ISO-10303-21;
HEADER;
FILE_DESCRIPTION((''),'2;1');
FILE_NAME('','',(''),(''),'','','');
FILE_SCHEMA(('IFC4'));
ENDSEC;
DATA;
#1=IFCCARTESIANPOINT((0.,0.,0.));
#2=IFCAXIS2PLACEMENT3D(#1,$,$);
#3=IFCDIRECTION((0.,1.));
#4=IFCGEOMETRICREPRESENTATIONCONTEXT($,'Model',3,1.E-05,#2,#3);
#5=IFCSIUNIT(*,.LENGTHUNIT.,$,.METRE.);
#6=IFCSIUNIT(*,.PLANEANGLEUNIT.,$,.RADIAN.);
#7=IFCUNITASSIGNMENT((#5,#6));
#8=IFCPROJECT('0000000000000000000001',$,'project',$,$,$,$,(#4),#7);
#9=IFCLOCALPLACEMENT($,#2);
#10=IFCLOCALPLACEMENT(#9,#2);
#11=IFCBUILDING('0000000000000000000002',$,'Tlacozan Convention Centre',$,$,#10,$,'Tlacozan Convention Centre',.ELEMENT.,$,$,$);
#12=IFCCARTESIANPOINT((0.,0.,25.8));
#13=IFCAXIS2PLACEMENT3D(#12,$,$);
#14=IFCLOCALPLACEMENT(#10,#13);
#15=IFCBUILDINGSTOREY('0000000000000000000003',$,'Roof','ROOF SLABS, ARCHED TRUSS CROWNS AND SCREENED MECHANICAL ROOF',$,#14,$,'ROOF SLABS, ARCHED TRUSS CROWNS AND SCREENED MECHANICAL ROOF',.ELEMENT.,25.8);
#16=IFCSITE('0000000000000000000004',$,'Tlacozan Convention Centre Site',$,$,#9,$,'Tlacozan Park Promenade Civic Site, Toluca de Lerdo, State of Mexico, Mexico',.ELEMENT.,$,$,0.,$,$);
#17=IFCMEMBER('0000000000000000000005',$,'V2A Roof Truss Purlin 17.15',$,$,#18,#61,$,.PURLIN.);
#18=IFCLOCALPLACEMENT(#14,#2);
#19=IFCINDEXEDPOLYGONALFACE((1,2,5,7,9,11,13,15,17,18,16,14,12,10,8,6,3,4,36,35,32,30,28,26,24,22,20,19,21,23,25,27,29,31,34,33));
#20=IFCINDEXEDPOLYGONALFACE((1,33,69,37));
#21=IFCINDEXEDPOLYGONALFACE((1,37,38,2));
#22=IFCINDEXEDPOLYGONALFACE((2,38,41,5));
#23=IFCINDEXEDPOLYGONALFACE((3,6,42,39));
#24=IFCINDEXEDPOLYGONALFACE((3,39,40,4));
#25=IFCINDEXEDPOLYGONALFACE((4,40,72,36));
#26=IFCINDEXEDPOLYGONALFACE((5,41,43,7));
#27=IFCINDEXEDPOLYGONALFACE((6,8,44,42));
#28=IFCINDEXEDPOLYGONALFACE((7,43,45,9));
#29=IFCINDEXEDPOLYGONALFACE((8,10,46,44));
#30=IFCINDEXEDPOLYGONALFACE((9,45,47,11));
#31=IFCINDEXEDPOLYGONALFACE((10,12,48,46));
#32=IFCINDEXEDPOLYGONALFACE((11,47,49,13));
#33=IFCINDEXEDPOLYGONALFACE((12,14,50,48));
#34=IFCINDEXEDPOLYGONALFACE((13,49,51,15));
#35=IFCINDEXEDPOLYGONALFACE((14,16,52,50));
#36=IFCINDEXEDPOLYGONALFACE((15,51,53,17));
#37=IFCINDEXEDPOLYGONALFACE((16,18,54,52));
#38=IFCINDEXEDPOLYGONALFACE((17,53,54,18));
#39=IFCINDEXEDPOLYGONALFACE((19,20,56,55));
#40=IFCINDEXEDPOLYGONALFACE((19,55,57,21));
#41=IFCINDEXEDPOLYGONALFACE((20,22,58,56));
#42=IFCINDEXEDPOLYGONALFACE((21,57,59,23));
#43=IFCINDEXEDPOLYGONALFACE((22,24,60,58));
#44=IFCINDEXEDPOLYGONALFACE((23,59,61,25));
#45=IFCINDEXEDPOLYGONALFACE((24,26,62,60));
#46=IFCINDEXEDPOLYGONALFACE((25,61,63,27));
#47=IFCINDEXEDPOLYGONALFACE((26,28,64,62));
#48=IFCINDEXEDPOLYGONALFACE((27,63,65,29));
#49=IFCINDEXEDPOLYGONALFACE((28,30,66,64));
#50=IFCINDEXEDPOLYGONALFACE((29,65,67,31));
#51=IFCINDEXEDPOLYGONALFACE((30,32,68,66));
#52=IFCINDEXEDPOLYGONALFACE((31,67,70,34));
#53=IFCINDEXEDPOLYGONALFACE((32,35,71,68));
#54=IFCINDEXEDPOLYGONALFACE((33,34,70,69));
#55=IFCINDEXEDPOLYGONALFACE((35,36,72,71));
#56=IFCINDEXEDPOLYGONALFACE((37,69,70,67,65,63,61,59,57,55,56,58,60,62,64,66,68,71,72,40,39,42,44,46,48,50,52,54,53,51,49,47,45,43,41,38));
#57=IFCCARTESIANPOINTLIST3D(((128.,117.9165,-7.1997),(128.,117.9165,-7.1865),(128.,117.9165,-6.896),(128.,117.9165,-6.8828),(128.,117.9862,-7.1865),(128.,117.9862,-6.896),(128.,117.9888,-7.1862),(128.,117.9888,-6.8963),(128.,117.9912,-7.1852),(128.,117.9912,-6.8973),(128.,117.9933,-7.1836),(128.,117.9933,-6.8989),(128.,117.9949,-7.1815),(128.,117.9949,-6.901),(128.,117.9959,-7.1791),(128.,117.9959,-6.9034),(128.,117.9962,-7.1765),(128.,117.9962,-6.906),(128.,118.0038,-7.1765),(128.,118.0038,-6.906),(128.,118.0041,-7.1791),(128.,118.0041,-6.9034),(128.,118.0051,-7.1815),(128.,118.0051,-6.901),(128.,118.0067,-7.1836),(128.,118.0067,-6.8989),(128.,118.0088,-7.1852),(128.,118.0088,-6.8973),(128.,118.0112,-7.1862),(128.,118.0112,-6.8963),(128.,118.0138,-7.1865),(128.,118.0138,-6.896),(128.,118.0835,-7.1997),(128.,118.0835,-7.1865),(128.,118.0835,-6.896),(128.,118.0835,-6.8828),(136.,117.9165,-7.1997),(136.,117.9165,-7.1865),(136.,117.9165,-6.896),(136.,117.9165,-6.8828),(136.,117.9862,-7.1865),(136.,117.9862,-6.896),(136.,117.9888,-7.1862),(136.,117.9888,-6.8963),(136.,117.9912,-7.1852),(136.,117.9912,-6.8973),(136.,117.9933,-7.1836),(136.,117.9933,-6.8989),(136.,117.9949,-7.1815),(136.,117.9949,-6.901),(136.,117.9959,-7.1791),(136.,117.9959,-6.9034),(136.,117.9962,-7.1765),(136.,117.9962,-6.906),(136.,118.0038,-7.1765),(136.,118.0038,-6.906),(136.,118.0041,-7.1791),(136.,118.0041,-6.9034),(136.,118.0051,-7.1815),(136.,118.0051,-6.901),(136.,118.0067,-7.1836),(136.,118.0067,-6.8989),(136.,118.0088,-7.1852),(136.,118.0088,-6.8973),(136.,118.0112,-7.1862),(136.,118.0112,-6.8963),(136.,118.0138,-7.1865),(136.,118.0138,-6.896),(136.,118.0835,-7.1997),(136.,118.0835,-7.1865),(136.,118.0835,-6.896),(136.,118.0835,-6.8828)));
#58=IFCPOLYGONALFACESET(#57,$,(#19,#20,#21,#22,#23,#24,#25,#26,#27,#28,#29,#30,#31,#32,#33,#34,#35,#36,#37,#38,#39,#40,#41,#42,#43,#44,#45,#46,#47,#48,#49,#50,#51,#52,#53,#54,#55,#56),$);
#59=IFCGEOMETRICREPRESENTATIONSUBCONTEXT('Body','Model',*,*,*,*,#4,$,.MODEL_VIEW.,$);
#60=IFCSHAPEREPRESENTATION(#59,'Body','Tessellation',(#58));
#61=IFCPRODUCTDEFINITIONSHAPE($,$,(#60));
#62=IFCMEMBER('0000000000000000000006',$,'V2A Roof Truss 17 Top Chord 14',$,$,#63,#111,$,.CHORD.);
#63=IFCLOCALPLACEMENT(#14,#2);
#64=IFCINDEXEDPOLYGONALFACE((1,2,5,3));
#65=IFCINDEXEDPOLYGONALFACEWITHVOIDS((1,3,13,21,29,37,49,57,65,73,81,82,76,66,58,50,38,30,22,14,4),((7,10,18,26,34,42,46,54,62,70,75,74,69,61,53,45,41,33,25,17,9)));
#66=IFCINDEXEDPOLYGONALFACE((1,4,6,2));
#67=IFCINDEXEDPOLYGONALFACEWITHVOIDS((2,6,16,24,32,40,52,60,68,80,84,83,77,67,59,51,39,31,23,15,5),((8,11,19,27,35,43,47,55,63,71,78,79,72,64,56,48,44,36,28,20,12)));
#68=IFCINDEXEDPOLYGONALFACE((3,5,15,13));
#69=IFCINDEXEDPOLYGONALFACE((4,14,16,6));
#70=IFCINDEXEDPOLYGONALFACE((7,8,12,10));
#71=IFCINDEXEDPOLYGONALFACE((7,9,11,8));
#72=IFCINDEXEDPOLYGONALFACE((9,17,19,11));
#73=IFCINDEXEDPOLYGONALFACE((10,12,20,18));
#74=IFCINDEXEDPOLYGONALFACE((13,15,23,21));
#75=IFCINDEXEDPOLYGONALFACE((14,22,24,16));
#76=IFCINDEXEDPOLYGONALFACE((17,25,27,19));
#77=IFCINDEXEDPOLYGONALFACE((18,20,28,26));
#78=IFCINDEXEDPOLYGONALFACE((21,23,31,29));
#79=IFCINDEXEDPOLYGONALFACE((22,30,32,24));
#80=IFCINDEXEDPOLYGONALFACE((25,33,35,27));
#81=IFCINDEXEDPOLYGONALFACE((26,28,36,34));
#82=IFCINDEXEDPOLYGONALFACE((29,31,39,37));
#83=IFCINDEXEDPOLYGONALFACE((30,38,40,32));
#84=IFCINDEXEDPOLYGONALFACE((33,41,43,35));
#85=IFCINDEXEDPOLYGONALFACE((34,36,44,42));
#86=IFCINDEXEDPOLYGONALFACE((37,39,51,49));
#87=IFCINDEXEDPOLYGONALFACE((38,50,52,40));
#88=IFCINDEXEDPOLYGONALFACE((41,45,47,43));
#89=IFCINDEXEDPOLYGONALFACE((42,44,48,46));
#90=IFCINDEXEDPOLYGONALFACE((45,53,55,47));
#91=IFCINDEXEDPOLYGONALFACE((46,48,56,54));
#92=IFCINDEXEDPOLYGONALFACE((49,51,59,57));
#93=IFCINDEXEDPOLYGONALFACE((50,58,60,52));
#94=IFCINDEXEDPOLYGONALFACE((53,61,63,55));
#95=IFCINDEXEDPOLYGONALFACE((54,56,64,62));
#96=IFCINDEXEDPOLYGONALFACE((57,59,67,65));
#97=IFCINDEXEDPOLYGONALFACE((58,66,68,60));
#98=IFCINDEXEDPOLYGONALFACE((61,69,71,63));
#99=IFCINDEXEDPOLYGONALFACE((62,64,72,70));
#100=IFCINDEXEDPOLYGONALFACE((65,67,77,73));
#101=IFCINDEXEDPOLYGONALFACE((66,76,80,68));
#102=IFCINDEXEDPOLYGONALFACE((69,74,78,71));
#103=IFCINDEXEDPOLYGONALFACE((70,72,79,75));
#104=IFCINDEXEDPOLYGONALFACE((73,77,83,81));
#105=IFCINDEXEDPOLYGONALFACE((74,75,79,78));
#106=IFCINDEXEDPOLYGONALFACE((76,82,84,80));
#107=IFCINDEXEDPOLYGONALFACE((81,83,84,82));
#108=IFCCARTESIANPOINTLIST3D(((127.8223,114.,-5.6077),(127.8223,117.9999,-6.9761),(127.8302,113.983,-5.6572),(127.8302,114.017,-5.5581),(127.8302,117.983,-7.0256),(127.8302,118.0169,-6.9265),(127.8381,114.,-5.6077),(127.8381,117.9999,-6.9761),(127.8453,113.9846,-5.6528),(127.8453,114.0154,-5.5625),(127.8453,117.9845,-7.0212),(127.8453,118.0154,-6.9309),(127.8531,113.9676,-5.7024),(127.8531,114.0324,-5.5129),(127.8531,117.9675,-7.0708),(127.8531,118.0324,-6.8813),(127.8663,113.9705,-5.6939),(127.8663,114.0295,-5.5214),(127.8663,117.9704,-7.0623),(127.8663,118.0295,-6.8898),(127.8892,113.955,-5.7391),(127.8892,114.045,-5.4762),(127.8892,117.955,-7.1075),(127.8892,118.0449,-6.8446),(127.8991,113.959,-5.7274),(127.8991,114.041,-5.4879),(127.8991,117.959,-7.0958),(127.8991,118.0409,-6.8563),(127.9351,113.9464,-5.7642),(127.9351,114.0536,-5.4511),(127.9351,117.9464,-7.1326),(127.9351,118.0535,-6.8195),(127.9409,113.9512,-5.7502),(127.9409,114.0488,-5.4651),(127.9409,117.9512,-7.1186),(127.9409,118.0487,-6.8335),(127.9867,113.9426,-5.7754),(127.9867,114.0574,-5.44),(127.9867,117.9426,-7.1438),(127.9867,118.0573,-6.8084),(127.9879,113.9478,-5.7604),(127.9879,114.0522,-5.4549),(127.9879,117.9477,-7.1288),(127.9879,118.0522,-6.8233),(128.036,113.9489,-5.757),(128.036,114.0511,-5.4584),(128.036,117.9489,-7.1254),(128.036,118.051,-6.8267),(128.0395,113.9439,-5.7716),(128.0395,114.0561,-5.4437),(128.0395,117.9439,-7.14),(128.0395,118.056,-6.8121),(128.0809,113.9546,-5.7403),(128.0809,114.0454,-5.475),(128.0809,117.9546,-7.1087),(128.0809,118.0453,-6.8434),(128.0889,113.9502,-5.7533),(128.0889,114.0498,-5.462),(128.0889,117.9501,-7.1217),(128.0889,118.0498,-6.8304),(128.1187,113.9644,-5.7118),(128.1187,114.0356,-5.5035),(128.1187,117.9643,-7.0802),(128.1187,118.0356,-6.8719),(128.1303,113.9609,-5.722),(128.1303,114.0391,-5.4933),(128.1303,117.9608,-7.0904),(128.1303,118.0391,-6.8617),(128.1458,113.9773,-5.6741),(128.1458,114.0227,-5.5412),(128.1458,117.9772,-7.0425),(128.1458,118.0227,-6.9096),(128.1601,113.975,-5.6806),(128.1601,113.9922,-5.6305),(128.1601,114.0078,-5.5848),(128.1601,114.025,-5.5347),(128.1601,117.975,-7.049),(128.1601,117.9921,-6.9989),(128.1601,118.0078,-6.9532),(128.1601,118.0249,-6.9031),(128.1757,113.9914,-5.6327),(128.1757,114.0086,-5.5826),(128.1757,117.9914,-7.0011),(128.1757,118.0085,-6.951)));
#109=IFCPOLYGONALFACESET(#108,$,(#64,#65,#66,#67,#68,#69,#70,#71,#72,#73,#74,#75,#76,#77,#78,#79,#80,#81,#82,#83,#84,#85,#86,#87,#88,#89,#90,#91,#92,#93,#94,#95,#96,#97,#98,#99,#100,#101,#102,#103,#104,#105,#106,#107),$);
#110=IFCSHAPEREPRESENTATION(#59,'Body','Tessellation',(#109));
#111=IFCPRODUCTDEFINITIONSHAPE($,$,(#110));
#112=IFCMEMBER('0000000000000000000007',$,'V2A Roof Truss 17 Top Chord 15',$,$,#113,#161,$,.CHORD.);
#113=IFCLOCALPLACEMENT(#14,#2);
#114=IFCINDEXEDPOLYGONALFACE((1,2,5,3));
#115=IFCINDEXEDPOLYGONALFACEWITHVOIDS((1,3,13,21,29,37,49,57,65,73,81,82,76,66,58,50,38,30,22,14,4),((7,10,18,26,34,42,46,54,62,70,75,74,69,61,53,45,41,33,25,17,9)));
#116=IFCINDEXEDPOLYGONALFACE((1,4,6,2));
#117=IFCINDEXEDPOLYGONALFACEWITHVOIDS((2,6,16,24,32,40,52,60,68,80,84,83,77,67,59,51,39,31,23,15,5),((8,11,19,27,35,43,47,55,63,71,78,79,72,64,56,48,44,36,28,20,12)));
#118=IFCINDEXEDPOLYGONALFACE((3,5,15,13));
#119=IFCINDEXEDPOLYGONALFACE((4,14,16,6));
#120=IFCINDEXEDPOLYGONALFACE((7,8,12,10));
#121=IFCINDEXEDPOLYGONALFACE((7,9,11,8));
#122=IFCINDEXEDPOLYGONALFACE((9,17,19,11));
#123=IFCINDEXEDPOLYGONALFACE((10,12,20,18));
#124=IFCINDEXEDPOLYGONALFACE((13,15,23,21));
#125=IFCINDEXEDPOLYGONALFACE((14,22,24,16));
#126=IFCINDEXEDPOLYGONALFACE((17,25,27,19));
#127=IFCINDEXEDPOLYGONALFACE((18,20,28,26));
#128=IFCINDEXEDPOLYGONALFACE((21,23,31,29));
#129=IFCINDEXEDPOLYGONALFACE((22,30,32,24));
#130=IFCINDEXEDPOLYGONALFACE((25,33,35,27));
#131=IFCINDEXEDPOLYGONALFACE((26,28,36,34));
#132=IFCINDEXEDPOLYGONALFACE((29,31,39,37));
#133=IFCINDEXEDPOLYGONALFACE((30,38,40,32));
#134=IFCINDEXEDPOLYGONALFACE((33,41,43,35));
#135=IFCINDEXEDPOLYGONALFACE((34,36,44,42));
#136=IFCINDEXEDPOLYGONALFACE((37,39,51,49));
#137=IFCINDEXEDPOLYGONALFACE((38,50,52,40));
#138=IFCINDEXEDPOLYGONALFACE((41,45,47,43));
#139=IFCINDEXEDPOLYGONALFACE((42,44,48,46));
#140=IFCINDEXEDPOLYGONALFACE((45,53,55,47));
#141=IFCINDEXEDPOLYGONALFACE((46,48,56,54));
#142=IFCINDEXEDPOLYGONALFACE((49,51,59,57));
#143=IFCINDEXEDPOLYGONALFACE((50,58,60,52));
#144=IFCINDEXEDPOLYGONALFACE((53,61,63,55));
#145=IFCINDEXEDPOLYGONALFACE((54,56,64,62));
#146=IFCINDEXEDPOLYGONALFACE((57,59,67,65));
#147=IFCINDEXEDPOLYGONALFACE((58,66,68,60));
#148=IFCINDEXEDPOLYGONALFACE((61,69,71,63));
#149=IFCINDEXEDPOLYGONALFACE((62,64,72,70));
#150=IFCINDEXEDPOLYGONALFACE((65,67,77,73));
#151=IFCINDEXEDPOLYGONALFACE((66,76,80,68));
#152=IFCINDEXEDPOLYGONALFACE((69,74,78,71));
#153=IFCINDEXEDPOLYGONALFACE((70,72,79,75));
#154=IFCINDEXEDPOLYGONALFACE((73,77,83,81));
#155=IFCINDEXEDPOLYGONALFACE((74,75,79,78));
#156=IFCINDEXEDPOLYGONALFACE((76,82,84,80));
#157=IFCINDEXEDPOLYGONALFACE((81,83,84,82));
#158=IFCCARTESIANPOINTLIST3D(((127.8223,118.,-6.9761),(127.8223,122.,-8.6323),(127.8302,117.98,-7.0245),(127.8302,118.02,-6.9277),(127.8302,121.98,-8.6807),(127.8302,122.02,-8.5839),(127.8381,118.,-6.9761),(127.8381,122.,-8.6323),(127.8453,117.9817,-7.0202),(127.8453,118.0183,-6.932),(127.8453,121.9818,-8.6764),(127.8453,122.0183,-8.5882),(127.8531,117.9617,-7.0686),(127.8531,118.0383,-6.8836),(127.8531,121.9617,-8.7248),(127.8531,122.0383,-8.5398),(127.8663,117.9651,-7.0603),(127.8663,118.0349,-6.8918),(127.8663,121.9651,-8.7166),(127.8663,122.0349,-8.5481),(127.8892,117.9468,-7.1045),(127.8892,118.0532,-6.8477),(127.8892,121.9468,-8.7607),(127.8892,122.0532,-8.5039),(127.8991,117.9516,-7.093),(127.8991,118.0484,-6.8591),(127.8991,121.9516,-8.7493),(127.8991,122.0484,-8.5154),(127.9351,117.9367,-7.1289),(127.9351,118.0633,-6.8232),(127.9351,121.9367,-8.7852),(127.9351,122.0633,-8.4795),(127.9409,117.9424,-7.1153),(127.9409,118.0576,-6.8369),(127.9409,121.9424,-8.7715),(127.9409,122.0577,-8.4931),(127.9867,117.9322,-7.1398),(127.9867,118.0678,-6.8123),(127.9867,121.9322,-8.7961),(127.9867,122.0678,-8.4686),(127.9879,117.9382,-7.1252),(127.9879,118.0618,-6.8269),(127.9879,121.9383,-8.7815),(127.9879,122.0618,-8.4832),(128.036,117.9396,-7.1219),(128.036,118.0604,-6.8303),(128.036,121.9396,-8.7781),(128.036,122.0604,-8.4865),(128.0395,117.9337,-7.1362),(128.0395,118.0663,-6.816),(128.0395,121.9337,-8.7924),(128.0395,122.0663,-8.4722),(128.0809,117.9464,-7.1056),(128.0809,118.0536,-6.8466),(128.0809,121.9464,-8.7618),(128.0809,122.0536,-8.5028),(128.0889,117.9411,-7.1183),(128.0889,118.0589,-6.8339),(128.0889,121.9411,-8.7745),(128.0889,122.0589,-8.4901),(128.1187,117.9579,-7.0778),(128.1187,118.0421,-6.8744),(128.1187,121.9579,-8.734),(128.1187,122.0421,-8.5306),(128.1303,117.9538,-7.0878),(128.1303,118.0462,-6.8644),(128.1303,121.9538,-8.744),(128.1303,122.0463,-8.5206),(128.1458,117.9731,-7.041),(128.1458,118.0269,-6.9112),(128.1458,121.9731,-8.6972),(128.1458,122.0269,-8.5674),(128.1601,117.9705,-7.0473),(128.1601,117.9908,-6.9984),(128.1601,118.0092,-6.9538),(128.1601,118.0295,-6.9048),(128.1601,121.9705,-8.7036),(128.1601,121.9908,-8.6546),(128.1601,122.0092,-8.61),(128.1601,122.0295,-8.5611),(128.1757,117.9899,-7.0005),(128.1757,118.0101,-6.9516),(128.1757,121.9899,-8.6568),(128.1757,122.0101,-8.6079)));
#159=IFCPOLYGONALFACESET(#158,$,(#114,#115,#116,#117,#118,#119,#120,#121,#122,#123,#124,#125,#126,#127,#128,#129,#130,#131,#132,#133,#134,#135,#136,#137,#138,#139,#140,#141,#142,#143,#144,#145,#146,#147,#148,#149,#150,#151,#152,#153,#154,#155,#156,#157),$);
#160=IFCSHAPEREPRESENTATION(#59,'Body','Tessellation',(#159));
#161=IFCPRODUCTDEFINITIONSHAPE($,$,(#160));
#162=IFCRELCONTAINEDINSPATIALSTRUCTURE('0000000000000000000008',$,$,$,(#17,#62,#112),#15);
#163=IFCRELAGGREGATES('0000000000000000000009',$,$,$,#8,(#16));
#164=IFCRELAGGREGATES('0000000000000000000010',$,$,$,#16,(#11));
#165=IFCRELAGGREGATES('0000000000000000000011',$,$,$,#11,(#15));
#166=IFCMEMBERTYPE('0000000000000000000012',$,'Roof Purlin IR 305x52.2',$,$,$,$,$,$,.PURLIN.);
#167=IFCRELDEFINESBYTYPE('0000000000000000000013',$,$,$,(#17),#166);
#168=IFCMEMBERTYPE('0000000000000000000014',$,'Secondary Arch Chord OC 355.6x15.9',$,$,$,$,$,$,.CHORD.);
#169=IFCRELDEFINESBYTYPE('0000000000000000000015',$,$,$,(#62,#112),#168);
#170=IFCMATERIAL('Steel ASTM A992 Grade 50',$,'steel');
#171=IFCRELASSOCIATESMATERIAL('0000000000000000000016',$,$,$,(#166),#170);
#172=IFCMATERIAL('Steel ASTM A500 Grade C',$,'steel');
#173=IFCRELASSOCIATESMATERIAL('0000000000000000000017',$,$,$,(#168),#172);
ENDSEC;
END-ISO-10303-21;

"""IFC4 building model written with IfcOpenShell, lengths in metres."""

from ifc_helpers import new_model, si_unit, direction, frame, origin, origin_2d, place, context, subcontext, project, spatial, hollow_circle, i_section, extrude, material, material_profile, profile_set, type_object, element, save


model = new_model("IFC4")

# Units and contexts
model_context = context("Model", 3, precision=1e-05, world=origin(), true_north=direction((0.0, 1.0)))
body_context = subcontext(model_context, "Body", "Model", "MODEL_VIEW")
ifc_project = project(units=[si_unit("LENGTHUNIT", "METRE"), si_unit("PLANEANGLEUNIT", "RADIAN")], contexts=[model_context])

# Site, building, storey
site_placement = place(None, origin())
site = spatial("IfcSite", under=ifc_project, at=site_placement, Name="Tlacozan Convention Centre Site", LongName="Tlacozan Park Promenade Civic Site, Toluca de Lerdo, State of Mexico, Mexico", CompositionType="ELEMENT", RefElevation=0.0)
building_placement = place(site_placement, origin())
building = spatial("IfcBuilding", under=site, at=building_placement, Name="Tlacozan Convention Centre", LongName="Tlacozan Convention Centre", CompositionType="ELEMENT")
storey_placement = place(building_placement, frame((0.0, 0.0, 25.8)))
storey = spatial("IfcBuildingStorey", under=building, at=storey_placement, Name="Roof", Description="ROOF SLABS, ARCHED TRUSS CROWNS AND SCREENED MECHANICAL ROOF", LongName="ROOF SLABS, ARCHED TRUSS CROWNS AND SCREENED MECHANICAL ROOF", CompositionType="ELEMENT", Elevation=25.8)

# Members
ifc_material_1 = material(Name="Steel ASTM A500 Grade C", Category="steel")
ifc_material_2 = material(Name="Steel ASTM A992 Grade 50", Category="steel")
ifc_material_profile_1 = material_profile(ifc_material_2, i_section(OverallWidth=0.167, OverallDepth=0.3169, WebThickness=0.0076, FlangeThickness=0.0132, FilletRadius=0.01, at=origin_2d()), Name="IR 305x52.2")
ifc_profile_set_1 = profile_set([ifc_material_profile_1], Name="Steel ASTM A992 Grade 50")
member_type_1 = type_object("IfcMemberType", Name="Roof Purlin IR 305x52.2", PredefinedType="PURLIN", material=ifc_profile_set_1)
member_1_placement = place(storey_placement, frame((128.0, 118.0, -7.0413), z_axis=(1.0, 0.0, 0.0), x_axis=(0.0, 1.0, 0.0)))
element("IfcMember", 1, at=member_1_placement, inside=storey, type_object=member_type_1, Name="V2A Roof Truss Purlin 17.15", PredefinedType="PURLIN", context=body_context, shape_type="SweptSolid", body=[
    extrude(i_section(OverallWidth=0.167, OverallDepth=0.3169, WebThickness=0.0076, FlangeThickness=0.0132, FilletRadius=0.01, at=origin_2d()), origin(), (0.0, 0.0, 1.0), 8.0),
])
ifc_material_profile_2 = material_profile(ifc_material_1, hollow_circle(Radius=0.1777, WallThickness=0.0159, at=origin_2d()), Name="OC 355.6x15.9")
ifc_profile_set_2 = profile_set([ifc_material_profile_2], Name="Steel ASTM A500 Grade C")
member_type_2 = type_object("IfcMemberType", Name="Secondary Arch Chord OC 355.6x15.9", PredefinedType="CHORD", material=ifc_profile_set_2)
member_2_placement = place(storey_placement, frame((128.0, 114.0, -5.6077), z_axis=(0.0, 0.946165, -0.323685), x_axis=(-1.0, 0.0, 0.0)))
element("IfcMember", 2, at=member_2_placement, inside=storey, type_object=member_type_2, Name="V2A Roof Truss 17 Top Chord 14", PredefinedType="CHORD", context=body_context, shape_type="SweptSolid", body=[
    extrude(hollow_circle(Radius=0.1777, WallThickness=0.0159, at=origin_2d()), origin(), (0.0, 0.0, 1.0), 4.2275),
])
member_3_placement = place(storey_placement, frame((128.0, 118.0, -6.9761), z_axis=(0.0, 0.923929, -0.382564), x_axis=(-1.0, 0.0, 0.0)))
element("IfcMember", 3, at=member_3_placement, inside=storey, type_object=member_type_2, Name="V2A Roof Truss 17 Top Chord 15", PredefinedType="CHORD", context=body_context, shape_type="SweptSolid", body=[
    extrude(hollow_circle(Radius=0.1777, WallThickness=0.0159, at=origin_2d()), origin(), (0.0, 0.0, 1.0), 4.3293),
])

save(model, "model.ifc")
